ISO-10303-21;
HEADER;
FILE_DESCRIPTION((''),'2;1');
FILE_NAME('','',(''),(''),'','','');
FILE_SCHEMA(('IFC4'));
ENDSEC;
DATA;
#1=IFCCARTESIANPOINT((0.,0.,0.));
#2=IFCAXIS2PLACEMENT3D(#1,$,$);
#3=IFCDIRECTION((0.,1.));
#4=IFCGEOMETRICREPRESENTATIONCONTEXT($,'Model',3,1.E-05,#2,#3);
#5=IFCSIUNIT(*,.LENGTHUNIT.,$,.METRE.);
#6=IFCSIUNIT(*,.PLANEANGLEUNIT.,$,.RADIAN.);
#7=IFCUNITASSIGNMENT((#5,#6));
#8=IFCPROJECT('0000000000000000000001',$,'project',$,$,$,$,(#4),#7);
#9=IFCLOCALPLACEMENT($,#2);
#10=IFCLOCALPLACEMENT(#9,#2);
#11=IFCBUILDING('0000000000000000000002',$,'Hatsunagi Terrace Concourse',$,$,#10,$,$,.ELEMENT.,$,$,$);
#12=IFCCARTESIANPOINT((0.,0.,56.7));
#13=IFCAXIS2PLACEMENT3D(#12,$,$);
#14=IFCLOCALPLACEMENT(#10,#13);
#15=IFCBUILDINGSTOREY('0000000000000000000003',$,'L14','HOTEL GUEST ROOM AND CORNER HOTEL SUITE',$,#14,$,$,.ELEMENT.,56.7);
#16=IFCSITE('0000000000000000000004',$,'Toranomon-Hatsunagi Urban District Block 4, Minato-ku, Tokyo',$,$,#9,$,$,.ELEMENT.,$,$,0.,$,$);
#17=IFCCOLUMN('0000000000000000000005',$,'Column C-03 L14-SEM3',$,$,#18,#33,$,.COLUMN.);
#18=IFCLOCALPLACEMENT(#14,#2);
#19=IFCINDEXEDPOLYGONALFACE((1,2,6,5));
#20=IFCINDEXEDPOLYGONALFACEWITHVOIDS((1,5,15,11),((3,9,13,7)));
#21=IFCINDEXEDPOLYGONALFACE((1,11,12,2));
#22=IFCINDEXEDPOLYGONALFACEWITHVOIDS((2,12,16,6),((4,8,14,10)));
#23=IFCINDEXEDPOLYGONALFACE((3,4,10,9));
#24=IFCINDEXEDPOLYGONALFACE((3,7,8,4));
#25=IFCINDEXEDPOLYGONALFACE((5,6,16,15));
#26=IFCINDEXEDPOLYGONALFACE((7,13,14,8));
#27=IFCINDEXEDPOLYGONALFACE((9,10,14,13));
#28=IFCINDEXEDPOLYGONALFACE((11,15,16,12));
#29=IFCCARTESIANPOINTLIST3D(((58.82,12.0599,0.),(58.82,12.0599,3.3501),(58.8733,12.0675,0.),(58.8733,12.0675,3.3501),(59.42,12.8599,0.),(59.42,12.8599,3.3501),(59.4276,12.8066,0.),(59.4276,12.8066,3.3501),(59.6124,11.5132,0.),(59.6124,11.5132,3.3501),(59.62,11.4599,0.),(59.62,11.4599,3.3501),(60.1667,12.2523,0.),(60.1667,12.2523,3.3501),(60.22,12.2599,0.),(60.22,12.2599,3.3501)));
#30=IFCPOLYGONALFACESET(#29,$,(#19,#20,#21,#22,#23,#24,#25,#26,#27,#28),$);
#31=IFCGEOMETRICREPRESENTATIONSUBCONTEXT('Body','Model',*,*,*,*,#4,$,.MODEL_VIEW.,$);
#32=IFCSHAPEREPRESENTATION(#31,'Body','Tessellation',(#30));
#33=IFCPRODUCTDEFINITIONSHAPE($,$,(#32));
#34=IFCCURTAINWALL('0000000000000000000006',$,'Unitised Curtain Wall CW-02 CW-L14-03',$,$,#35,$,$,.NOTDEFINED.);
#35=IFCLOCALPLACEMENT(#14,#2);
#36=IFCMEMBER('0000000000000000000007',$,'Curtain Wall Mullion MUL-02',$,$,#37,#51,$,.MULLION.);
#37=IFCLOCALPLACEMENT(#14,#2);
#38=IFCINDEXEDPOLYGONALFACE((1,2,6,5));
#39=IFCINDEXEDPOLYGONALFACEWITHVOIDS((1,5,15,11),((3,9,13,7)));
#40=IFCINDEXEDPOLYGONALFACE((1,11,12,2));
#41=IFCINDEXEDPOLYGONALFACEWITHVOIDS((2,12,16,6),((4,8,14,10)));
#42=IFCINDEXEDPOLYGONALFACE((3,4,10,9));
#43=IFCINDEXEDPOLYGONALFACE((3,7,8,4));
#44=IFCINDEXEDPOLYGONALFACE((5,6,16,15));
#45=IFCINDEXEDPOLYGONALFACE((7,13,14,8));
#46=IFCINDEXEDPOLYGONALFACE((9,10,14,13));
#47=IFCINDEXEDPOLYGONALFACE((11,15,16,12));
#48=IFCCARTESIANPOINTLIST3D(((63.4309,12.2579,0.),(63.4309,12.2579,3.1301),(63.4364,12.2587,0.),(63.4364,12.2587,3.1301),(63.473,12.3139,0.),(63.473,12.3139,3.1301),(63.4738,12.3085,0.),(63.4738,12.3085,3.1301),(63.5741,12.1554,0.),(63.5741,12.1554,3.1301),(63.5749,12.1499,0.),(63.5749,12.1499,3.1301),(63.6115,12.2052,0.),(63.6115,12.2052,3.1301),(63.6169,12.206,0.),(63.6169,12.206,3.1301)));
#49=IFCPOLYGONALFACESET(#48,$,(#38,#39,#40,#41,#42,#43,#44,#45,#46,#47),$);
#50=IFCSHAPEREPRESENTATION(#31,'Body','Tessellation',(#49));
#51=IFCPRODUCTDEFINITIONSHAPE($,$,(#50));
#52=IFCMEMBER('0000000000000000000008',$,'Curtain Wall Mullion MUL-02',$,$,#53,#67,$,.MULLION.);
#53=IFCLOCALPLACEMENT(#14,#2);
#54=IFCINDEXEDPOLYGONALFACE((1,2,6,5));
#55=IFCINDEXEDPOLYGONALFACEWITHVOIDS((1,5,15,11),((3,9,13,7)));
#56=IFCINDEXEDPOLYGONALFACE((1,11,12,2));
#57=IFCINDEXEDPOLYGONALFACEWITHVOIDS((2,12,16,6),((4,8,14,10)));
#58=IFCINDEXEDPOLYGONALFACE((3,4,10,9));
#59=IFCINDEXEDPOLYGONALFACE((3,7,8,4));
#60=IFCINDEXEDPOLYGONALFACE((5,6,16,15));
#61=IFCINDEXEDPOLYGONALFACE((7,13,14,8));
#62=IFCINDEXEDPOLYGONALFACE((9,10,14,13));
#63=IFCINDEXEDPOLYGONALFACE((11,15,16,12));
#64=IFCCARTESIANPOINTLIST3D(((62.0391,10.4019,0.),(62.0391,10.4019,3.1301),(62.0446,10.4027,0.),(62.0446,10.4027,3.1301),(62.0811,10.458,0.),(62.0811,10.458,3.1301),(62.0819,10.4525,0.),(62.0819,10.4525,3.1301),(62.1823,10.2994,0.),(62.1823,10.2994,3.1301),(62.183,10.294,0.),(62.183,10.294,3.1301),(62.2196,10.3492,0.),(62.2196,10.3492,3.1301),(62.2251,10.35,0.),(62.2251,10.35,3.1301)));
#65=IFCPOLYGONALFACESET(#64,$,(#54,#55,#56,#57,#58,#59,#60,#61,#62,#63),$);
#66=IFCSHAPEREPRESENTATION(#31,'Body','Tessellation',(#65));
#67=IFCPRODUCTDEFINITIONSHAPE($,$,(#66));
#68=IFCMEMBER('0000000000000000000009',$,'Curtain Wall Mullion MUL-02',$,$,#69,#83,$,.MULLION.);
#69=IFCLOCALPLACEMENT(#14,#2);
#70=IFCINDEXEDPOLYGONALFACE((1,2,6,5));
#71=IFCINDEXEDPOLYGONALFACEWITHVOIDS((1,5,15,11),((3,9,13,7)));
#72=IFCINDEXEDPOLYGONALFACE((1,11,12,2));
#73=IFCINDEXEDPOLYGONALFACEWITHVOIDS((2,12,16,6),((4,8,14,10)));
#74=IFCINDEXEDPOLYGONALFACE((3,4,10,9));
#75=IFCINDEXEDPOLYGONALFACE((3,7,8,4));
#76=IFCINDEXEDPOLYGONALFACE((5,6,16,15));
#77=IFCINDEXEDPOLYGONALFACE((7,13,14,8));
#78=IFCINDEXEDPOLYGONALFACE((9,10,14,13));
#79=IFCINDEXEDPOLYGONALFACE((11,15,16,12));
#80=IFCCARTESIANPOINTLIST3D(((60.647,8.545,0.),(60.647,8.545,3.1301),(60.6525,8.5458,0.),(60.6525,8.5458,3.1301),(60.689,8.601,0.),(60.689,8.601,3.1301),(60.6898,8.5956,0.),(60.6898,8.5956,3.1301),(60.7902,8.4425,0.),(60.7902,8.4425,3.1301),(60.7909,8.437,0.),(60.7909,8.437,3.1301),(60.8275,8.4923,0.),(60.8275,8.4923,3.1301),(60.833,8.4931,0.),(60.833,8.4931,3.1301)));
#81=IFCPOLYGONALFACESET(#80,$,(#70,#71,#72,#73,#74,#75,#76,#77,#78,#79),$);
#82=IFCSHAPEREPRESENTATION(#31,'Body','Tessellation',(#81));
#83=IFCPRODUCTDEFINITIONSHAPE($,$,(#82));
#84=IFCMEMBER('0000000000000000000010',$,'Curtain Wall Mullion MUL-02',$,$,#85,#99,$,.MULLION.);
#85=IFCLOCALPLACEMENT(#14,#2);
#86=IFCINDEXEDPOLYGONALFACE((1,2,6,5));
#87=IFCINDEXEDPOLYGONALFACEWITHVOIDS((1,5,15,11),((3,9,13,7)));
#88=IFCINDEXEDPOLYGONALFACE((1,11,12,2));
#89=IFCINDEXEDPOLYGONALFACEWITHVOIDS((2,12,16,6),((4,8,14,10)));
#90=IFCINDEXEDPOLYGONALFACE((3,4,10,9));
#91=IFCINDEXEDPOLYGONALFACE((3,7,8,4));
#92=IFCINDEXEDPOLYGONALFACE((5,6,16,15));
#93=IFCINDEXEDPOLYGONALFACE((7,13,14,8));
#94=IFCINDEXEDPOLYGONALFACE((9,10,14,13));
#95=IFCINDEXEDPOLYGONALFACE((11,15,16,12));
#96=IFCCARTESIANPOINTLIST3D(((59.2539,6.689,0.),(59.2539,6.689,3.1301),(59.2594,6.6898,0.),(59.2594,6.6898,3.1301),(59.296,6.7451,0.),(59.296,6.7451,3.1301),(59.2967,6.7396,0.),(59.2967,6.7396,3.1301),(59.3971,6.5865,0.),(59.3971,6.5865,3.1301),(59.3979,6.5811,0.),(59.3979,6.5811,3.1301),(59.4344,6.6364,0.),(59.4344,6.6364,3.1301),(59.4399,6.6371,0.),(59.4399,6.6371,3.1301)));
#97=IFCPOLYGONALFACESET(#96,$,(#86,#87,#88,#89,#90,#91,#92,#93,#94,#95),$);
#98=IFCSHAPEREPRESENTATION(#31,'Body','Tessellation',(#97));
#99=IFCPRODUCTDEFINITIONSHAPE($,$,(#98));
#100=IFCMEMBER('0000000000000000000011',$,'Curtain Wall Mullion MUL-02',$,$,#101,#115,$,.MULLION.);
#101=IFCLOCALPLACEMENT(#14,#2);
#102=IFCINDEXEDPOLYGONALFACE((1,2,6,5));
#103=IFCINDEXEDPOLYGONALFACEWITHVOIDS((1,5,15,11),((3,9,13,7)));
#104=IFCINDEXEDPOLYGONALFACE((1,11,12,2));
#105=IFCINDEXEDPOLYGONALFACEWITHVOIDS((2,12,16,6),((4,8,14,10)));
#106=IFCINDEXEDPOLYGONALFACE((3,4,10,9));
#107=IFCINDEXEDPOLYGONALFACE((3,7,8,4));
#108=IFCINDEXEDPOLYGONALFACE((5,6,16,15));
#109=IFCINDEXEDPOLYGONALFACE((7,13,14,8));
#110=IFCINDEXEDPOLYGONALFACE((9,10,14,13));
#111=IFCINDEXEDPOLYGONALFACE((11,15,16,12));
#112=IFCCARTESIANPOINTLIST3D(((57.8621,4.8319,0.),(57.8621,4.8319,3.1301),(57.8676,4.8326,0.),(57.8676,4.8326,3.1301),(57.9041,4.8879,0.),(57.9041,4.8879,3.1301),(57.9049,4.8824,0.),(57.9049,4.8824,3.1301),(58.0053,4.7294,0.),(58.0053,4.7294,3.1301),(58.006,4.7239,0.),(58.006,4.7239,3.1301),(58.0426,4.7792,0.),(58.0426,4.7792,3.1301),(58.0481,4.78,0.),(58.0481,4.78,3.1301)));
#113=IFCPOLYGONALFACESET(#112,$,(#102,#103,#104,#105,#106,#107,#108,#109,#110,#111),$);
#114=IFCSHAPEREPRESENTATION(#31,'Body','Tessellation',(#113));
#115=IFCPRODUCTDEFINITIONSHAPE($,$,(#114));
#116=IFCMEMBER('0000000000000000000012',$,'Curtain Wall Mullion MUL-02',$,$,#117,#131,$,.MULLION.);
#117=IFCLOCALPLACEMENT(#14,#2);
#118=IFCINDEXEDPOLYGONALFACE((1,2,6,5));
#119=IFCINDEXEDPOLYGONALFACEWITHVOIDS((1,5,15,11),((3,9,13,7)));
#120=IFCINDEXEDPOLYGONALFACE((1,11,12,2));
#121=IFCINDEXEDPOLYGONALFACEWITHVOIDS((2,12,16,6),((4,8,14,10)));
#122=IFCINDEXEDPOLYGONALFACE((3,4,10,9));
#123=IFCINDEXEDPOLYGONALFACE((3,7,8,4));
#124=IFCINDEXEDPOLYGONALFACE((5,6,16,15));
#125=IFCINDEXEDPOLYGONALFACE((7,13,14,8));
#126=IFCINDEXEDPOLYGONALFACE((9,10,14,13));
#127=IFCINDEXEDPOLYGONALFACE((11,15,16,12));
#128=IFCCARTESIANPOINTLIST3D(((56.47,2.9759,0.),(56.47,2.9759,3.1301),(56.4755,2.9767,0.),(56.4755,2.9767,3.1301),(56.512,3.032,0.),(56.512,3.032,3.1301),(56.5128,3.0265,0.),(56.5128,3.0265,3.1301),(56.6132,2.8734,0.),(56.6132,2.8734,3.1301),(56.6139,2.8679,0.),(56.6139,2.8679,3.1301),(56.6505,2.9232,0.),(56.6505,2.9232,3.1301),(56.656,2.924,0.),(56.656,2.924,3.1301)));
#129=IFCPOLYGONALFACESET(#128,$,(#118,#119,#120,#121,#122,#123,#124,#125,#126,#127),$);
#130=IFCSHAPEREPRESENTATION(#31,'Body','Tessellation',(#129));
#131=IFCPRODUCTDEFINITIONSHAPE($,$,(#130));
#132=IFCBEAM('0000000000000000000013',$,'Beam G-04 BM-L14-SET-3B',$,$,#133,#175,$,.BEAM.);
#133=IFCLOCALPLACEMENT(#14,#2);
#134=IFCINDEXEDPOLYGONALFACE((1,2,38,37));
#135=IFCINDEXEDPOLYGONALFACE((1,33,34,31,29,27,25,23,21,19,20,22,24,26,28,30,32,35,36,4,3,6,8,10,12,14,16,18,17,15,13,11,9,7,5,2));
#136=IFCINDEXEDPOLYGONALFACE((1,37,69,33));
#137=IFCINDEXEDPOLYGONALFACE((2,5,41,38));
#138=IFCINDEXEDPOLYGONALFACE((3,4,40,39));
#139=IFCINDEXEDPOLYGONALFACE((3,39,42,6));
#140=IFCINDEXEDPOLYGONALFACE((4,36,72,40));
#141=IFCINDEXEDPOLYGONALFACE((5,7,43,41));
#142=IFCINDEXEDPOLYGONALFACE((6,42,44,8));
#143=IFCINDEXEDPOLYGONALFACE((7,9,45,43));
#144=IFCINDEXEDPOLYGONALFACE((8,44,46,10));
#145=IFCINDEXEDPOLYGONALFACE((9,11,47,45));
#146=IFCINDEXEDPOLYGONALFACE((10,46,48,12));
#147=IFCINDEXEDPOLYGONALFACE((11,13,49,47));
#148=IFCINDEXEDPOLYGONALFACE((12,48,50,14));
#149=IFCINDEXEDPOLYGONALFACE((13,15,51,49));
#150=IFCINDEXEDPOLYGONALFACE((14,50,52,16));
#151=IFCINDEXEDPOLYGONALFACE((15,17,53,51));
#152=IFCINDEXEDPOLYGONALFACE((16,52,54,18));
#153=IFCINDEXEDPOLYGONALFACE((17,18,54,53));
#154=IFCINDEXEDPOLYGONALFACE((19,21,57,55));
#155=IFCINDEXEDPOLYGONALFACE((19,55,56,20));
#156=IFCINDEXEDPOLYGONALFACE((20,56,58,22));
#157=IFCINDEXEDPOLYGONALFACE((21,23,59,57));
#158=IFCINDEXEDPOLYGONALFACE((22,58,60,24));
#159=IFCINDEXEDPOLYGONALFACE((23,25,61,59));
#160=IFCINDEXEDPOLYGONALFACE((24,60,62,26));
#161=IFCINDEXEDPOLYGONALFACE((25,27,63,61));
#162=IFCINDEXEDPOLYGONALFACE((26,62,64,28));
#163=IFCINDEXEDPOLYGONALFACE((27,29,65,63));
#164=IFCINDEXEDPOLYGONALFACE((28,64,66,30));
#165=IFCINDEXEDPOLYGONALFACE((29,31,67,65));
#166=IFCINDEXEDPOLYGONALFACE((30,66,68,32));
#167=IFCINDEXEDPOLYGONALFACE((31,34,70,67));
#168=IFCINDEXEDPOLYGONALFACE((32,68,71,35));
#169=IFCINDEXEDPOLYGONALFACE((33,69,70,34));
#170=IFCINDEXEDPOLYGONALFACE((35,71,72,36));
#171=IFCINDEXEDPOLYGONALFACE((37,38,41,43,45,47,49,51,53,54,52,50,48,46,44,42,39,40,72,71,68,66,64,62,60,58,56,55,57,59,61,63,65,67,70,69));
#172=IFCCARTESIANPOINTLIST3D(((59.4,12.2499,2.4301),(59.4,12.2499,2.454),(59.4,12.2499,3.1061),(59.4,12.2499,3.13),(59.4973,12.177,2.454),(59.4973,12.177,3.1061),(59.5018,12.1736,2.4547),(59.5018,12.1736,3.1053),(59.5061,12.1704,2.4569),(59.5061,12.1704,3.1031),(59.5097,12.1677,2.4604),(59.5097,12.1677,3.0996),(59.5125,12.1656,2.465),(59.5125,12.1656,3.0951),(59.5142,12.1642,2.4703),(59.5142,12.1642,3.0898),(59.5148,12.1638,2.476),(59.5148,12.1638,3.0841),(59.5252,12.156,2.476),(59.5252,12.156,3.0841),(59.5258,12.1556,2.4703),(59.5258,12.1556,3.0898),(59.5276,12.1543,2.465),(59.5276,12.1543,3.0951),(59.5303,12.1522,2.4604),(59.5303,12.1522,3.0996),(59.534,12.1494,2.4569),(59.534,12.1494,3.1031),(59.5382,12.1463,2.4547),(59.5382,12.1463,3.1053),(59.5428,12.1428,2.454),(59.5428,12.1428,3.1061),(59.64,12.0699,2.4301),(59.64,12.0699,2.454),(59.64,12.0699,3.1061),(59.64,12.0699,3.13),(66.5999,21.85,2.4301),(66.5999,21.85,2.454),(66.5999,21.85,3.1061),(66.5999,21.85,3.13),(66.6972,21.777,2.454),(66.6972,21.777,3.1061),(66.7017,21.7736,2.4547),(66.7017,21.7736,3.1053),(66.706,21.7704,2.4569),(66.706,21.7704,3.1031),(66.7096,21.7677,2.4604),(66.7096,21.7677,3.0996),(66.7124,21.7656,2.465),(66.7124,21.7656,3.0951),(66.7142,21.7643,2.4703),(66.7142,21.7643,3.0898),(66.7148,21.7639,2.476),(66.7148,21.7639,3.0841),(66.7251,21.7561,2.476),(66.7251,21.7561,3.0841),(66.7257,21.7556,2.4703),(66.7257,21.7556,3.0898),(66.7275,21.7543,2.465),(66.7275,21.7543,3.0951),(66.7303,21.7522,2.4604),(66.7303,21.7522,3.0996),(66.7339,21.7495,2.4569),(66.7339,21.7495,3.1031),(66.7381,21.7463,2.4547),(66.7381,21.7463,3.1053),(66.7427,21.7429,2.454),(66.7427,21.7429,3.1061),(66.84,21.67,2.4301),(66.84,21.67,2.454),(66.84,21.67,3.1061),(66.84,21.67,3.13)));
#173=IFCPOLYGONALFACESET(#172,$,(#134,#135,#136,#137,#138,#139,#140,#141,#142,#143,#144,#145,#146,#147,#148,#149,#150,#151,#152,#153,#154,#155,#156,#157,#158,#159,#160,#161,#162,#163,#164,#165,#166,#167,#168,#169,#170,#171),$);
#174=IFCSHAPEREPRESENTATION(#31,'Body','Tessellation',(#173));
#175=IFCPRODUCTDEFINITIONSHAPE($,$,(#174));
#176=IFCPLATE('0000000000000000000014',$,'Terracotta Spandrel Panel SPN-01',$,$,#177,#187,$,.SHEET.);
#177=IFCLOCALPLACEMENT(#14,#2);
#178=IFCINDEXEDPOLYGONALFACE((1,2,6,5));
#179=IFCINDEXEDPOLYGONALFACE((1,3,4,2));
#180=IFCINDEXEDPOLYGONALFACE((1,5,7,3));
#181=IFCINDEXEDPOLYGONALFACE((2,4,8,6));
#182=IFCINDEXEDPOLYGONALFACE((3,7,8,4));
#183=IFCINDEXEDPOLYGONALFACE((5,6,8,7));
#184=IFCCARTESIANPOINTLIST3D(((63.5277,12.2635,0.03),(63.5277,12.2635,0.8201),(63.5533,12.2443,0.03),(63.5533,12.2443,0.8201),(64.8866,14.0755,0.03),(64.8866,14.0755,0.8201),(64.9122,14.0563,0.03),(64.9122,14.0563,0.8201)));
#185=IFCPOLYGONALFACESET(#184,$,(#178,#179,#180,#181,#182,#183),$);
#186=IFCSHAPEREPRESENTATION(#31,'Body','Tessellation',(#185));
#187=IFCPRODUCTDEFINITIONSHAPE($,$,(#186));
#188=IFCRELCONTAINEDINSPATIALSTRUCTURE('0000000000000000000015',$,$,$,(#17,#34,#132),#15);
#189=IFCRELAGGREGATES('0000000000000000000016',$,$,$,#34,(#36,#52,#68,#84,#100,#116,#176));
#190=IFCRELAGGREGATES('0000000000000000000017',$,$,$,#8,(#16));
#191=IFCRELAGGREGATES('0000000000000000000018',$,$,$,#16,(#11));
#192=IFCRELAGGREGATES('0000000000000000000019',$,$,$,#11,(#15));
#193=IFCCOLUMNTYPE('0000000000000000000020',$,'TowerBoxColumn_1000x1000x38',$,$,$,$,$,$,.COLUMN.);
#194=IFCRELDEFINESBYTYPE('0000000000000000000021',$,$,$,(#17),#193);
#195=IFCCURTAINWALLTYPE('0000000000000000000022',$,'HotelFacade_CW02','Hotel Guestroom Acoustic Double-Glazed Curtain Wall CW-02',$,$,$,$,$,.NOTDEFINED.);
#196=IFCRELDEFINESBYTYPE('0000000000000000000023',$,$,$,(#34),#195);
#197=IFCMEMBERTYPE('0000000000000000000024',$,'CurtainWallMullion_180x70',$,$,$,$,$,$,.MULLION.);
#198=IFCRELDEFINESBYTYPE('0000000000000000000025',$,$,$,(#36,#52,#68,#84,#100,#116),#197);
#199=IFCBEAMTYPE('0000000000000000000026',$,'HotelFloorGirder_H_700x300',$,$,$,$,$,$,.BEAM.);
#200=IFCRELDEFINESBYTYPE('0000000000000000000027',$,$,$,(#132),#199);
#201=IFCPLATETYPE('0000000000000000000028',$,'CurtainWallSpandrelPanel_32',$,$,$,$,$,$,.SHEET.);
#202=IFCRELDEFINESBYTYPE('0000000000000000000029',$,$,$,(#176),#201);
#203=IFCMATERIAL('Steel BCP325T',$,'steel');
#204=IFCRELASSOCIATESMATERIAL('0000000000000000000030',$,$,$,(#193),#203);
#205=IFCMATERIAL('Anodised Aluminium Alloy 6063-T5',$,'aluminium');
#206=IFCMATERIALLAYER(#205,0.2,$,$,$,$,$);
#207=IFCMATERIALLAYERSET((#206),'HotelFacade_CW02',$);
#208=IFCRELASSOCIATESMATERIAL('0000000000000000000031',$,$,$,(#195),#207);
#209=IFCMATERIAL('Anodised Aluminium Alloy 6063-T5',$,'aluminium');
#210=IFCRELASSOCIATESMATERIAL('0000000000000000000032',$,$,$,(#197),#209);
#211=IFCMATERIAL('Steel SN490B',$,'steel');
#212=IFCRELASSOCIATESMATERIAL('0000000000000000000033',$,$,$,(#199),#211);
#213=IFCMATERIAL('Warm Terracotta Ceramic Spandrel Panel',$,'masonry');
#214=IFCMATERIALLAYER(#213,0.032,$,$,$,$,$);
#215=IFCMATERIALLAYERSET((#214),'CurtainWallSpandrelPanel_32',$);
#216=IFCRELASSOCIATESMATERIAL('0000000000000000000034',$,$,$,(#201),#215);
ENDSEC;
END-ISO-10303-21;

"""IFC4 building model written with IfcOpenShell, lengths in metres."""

from ifc_helpers import new_model, si_unit, direction, frame, origin, origin_2d, place, context, subcontext, project, spatial, rectangle, hollow_rectangle, i_section, extrude, material, layer, layer_set, material_profile, profile_set, type_object, element, aggregate, save


model = new_model("IFC4")

# Units and contexts
model_context = context("Model", 3, precision=1e-05, world=origin(), true_north=direction((0.0, 1.0)))
body_context = subcontext(model_context, "Body", "Model", "MODEL_VIEW")
ifc_project = project(units=[si_unit("LENGTHUNIT", "METRE"), si_unit("PLANEANGLEUNIT", "RADIAN")], contexts=[model_context])

# Site, building, storey
site_placement = place(None, origin())
site = spatial("IfcSite", under=ifc_project, at=site_placement, Name="Toranomon-Hatsunagi Urban District Block 4, Minato-ku, Tokyo", CompositionType="ELEMENT", RefElevation=0.0)
building_placement = place(site_placement, origin())
building = spatial("IfcBuilding", under=site, at=building_placement, Name="Hatsunagi Terrace Concourse", CompositionType="ELEMENT")
storey_placement = place(building_placement, frame((0.0, 0.0, 56.7)))
storey = spatial("IfcBuildingStorey", under=building, at=storey_placement, Name="L14", Description="HOTEL GUEST ROOM AND CORNER HOTEL SUITE", CompositionType="ELEMENT", Elevation=56.7)

# Column
ifc_material_1 = material(Name="Steel BCP325T", Category="steel")
ifc_material_profile_1 = material_profile(ifc_material_1, hollow_rectangle(XDim=1.0, YDim=1.0, WallThickness=0.0381, at=origin_2d()), Name="BCP-1000x1000x38")
ifc_profile_set_1 = profile_set([ifc_material_profile_1], Name="Steel BCP325T")
column_type = type_object("IfcColumnType", Name="TowerBoxColumn_1000x1000x38", PredefinedType="COLUMN", material=ifc_profile_set_1)
column_placement = place(storey_placement, frame((59.52, 12.1599, 0.0), z_axis=(0.0, 0.0, 1.0), x_axis=(0.8, -0.6, 0.0)))
element("IfcColumn", 1, at=column_placement, inside=storey, type_object=column_type, Name="Column C-03 L14-SEM3", PredefinedType="COLUMN", context=body_context, shape_type="SweptSolid", body=[
    extrude(hollow_rectangle(XDim=1.0, YDim=1.0, WallThickness=0.0381, at=origin_2d()), origin(), (0.0, 0.0, 1.0), 3.3501),
])

# Curtain wall, members
ifc_material_2 = material(Name="Anodised Aluminium Alloy 6063-T5", Category="aluminium")
ifc_layer_1 = layer(ifc_material_2, 0.2)
ifc_layer_set_1 = layer_set([ifc_layer_1], Name="HotelFacade_CW02")
curtain_wall_type = type_object("IfcCurtainWallType", Name="HotelFacade_CW02", Description="Hotel Guestroom Acoustic Double-Glazed Curtain Wall CW-02", PredefinedType="NOTDEFINED", material=ifc_layer_set_1)
curtain_wall_placement = place(storey_placement, origin())
curtain_wall = element("IfcCurtainWall", 2, at=curtain_wall_placement, inside=storey, type_object=curtain_wall_type, Name="Unitised Curtain Wall CW-02 CW-L14-03", PredefinedType="NOTDEFINED")
ifc_material_3 = material(Name="Anodised Aluminium Alloy 6063-T5", Category="aluminium")
ifc_material_profile_2 = material_profile(ifc_material_3, hollow_rectangle(XDim=0.0701, YDim=0.1799, WallThickness=0.0039, at=origin_2d()), Name="ALU-MUL-180x70x4")
ifc_profile_set_2 = profile_set([ifc_material_profile_2], Name="Anodised Aluminium Alloy 6063-T5")
member_type = type_object("IfcMemberType", Name="CurtainWallMullion_180x70", PredefinedType="MULLION", material=ifc_profile_set_2)
member_1_placement = place(storey_placement, frame((63.5239, 12.2319, 0.0), z_axis=(0.0, 0.0, 1.0), x_axis=(-0.599969, -0.800023, 0.0)))
member_1 = element("IfcMember", 3, at=member_1_placement, type_object=member_type, Name="Curtain Wall Mullion MUL-02", PredefinedType="MULLION", context=body_context, shape_type="SweptSolid", body=[
    extrude(hollow_rectangle(XDim=0.0701, YDim=0.1799, WallThickness=0.0039, at=origin_2d()), origin(), (0.0, 0.0, 1.0), 3.1301),
])
member_2_placement = place(storey_placement, frame((62.1321, 10.376, 0.0), z_axis=(0.0, 0.0, 1.0), x_axis=(-0.599969, -0.800023, 0.0)))
member_2 = element("IfcMember", 4, at=member_2_placement, type_object=member_type, Name="Curtain Wall Mullion MUL-02", PredefinedType="MULLION", context=body_context, shape_type="SweptSolid", body=[
    extrude(hollow_rectangle(XDim=0.0701, YDim=0.1799, WallThickness=0.0039, at=origin_2d()), origin(), (0.0, 0.0, 1.0), 3.1301),
])
member_3_placement = place(storey_placement, frame((60.74, 8.519, 0.0), z_axis=(0.0, 0.0, 1.0), x_axis=(-0.599969, -0.800023, 0.0)))
member_3 = element("IfcMember", 5, at=member_3_placement, type_object=member_type, Name="Curtain Wall Mullion MUL-02", PredefinedType="MULLION", context=body_context, shape_type="SweptSolid", body=[
    extrude(hollow_rectangle(XDim=0.0701, YDim=0.1799, WallThickness=0.0039, at=origin_2d()), origin(), (0.0, 0.0, 1.0), 3.1301),
])
member_4_placement = place(storey_placement, frame((59.3469, 6.6631, 0.0), z_axis=(0.0, 0.0, 1.0), x_axis=(-0.599969, -0.800023, 0.0)))
member_4 = element("IfcMember", 6, at=member_4_placement, type_object=member_type, Name="Curtain Wall Mullion MUL-02", PredefinedType="MULLION", context=body_context, shape_type="SweptSolid", body=[
    extrude(hollow_rectangle(XDim=0.0701, YDim=0.1799, WallThickness=0.0039, at=origin_2d()), origin(), (0.0, 0.0, 1.0), 3.1301),
])
member_5_placement = place(storey_placement, frame((57.9551, 4.8059, 0.0), z_axis=(0.0, 0.0, 1.0), x_axis=(-0.599969, -0.800023, 0.0)))
member_5 = element("IfcMember", 7, at=member_5_placement, type_object=member_type, Name="Curtain Wall Mullion MUL-02", PredefinedType="MULLION", context=body_context, shape_type="SweptSolid", body=[
    extrude(hollow_rectangle(XDim=0.0701, YDim=0.1799, WallThickness=0.0039, at=origin_2d()), origin(), (0.0, 0.0, 1.0), 3.1301),
])
member_6_placement = place(storey_placement, frame((56.563, 2.95, 0.0), z_axis=(0.0, 0.0, 1.0), x_axis=(-0.599969, -0.800023, 0.0)))
member_6 = element("IfcMember", 8, at=member_6_placement, type_object=member_type, Name="Curtain Wall Mullion MUL-02", PredefinedType="MULLION", context=body_context, shape_type="SweptSolid", body=[
    extrude(hollow_rectangle(XDim=0.0701, YDim=0.1799, WallThickness=0.0039, at=origin_2d()), origin(), (0.0, 0.0, 1.0), 3.1301),
])

# Beam
ifc_material_4 = material(Name="Steel SN490B", Category="steel")
ifc_material_profile_3 = material_profile(ifc_material_4, i_section(OverallWidth=0.3, OverallDepth=0.7, WebThickness=0.0129, FlangeThickness=0.0239, FilletRadius=0.022, at=origin_2d()), Name="H-700x300x13x24")
ifc_profile_set_3 = profile_set([ifc_material_profile_3], Name="Steel SN490B")
beam_type = type_object("IfcBeamType", Name="HotelFloorGirder_H_700x300", PredefinedType="BEAM", material=ifc_profile_set_3)
beam_placement = place(storey_placement, frame((59.52, 12.1599, 2.78), z_axis=(0.599993, 0.800005, 0.0), x_axis=(-0.800005, 0.599993, 0.0)))
element("IfcBeam", 9, at=beam_placement, inside=storey, type_object=beam_type, Name="Beam G-04 BM-L14-SET-3B", PredefinedType="BEAM", context=body_context, shape_type="SweptSolid", body=[
    extrude(i_section(OverallWidth=0.3, OverallDepth=0.7, WebThickness=0.0129, FlangeThickness=0.0239, FilletRadius=0.022, at=origin_2d()), origin(), (0.0, 0.0, 1.0), 12.0),
])

# Plate
ifc_material_5 = material(Name="Warm Terracotta Ceramic Spandrel Panel", Category="masonry")
ifc_layer_2 = layer(ifc_material_5, 0.032)
ifc_layer_set_2 = layer_set([ifc_layer_2], Name="CurtainWallSpandrelPanel_32")
plate_type_1 = type_object("IfcPlateType", Name="CurtainWallSpandrelPanel_32", PredefinedType="SHEET", material=ifc_layer_set_2)
plate_1_placement = place(storey_placement, frame((64.22, 13.1599, 0.03), z_axis=(0.0, 0.0, 1.0), x_axis=(-0.599969, -0.800023, 0.0)))
plate_1 = element("IfcPlate", 10, at=plate_1_placement, type_object=plate_type_1, Name="Terracotta Spandrel Panel SPN-01", PredefinedType="SHEET", context=body_context, shape_type="SweptSolid", body=[
    extrude(rectangle(XDim=2.2649, YDim=0.032, at=origin_2d()), origin(), (0.0, 0.0, 1.0), 0.79),
])
aggregate(curtain_wall, [member_1, member_2, member_3, member_4, member_5, member_6, plate_1])

save(model, "model.ifc")
